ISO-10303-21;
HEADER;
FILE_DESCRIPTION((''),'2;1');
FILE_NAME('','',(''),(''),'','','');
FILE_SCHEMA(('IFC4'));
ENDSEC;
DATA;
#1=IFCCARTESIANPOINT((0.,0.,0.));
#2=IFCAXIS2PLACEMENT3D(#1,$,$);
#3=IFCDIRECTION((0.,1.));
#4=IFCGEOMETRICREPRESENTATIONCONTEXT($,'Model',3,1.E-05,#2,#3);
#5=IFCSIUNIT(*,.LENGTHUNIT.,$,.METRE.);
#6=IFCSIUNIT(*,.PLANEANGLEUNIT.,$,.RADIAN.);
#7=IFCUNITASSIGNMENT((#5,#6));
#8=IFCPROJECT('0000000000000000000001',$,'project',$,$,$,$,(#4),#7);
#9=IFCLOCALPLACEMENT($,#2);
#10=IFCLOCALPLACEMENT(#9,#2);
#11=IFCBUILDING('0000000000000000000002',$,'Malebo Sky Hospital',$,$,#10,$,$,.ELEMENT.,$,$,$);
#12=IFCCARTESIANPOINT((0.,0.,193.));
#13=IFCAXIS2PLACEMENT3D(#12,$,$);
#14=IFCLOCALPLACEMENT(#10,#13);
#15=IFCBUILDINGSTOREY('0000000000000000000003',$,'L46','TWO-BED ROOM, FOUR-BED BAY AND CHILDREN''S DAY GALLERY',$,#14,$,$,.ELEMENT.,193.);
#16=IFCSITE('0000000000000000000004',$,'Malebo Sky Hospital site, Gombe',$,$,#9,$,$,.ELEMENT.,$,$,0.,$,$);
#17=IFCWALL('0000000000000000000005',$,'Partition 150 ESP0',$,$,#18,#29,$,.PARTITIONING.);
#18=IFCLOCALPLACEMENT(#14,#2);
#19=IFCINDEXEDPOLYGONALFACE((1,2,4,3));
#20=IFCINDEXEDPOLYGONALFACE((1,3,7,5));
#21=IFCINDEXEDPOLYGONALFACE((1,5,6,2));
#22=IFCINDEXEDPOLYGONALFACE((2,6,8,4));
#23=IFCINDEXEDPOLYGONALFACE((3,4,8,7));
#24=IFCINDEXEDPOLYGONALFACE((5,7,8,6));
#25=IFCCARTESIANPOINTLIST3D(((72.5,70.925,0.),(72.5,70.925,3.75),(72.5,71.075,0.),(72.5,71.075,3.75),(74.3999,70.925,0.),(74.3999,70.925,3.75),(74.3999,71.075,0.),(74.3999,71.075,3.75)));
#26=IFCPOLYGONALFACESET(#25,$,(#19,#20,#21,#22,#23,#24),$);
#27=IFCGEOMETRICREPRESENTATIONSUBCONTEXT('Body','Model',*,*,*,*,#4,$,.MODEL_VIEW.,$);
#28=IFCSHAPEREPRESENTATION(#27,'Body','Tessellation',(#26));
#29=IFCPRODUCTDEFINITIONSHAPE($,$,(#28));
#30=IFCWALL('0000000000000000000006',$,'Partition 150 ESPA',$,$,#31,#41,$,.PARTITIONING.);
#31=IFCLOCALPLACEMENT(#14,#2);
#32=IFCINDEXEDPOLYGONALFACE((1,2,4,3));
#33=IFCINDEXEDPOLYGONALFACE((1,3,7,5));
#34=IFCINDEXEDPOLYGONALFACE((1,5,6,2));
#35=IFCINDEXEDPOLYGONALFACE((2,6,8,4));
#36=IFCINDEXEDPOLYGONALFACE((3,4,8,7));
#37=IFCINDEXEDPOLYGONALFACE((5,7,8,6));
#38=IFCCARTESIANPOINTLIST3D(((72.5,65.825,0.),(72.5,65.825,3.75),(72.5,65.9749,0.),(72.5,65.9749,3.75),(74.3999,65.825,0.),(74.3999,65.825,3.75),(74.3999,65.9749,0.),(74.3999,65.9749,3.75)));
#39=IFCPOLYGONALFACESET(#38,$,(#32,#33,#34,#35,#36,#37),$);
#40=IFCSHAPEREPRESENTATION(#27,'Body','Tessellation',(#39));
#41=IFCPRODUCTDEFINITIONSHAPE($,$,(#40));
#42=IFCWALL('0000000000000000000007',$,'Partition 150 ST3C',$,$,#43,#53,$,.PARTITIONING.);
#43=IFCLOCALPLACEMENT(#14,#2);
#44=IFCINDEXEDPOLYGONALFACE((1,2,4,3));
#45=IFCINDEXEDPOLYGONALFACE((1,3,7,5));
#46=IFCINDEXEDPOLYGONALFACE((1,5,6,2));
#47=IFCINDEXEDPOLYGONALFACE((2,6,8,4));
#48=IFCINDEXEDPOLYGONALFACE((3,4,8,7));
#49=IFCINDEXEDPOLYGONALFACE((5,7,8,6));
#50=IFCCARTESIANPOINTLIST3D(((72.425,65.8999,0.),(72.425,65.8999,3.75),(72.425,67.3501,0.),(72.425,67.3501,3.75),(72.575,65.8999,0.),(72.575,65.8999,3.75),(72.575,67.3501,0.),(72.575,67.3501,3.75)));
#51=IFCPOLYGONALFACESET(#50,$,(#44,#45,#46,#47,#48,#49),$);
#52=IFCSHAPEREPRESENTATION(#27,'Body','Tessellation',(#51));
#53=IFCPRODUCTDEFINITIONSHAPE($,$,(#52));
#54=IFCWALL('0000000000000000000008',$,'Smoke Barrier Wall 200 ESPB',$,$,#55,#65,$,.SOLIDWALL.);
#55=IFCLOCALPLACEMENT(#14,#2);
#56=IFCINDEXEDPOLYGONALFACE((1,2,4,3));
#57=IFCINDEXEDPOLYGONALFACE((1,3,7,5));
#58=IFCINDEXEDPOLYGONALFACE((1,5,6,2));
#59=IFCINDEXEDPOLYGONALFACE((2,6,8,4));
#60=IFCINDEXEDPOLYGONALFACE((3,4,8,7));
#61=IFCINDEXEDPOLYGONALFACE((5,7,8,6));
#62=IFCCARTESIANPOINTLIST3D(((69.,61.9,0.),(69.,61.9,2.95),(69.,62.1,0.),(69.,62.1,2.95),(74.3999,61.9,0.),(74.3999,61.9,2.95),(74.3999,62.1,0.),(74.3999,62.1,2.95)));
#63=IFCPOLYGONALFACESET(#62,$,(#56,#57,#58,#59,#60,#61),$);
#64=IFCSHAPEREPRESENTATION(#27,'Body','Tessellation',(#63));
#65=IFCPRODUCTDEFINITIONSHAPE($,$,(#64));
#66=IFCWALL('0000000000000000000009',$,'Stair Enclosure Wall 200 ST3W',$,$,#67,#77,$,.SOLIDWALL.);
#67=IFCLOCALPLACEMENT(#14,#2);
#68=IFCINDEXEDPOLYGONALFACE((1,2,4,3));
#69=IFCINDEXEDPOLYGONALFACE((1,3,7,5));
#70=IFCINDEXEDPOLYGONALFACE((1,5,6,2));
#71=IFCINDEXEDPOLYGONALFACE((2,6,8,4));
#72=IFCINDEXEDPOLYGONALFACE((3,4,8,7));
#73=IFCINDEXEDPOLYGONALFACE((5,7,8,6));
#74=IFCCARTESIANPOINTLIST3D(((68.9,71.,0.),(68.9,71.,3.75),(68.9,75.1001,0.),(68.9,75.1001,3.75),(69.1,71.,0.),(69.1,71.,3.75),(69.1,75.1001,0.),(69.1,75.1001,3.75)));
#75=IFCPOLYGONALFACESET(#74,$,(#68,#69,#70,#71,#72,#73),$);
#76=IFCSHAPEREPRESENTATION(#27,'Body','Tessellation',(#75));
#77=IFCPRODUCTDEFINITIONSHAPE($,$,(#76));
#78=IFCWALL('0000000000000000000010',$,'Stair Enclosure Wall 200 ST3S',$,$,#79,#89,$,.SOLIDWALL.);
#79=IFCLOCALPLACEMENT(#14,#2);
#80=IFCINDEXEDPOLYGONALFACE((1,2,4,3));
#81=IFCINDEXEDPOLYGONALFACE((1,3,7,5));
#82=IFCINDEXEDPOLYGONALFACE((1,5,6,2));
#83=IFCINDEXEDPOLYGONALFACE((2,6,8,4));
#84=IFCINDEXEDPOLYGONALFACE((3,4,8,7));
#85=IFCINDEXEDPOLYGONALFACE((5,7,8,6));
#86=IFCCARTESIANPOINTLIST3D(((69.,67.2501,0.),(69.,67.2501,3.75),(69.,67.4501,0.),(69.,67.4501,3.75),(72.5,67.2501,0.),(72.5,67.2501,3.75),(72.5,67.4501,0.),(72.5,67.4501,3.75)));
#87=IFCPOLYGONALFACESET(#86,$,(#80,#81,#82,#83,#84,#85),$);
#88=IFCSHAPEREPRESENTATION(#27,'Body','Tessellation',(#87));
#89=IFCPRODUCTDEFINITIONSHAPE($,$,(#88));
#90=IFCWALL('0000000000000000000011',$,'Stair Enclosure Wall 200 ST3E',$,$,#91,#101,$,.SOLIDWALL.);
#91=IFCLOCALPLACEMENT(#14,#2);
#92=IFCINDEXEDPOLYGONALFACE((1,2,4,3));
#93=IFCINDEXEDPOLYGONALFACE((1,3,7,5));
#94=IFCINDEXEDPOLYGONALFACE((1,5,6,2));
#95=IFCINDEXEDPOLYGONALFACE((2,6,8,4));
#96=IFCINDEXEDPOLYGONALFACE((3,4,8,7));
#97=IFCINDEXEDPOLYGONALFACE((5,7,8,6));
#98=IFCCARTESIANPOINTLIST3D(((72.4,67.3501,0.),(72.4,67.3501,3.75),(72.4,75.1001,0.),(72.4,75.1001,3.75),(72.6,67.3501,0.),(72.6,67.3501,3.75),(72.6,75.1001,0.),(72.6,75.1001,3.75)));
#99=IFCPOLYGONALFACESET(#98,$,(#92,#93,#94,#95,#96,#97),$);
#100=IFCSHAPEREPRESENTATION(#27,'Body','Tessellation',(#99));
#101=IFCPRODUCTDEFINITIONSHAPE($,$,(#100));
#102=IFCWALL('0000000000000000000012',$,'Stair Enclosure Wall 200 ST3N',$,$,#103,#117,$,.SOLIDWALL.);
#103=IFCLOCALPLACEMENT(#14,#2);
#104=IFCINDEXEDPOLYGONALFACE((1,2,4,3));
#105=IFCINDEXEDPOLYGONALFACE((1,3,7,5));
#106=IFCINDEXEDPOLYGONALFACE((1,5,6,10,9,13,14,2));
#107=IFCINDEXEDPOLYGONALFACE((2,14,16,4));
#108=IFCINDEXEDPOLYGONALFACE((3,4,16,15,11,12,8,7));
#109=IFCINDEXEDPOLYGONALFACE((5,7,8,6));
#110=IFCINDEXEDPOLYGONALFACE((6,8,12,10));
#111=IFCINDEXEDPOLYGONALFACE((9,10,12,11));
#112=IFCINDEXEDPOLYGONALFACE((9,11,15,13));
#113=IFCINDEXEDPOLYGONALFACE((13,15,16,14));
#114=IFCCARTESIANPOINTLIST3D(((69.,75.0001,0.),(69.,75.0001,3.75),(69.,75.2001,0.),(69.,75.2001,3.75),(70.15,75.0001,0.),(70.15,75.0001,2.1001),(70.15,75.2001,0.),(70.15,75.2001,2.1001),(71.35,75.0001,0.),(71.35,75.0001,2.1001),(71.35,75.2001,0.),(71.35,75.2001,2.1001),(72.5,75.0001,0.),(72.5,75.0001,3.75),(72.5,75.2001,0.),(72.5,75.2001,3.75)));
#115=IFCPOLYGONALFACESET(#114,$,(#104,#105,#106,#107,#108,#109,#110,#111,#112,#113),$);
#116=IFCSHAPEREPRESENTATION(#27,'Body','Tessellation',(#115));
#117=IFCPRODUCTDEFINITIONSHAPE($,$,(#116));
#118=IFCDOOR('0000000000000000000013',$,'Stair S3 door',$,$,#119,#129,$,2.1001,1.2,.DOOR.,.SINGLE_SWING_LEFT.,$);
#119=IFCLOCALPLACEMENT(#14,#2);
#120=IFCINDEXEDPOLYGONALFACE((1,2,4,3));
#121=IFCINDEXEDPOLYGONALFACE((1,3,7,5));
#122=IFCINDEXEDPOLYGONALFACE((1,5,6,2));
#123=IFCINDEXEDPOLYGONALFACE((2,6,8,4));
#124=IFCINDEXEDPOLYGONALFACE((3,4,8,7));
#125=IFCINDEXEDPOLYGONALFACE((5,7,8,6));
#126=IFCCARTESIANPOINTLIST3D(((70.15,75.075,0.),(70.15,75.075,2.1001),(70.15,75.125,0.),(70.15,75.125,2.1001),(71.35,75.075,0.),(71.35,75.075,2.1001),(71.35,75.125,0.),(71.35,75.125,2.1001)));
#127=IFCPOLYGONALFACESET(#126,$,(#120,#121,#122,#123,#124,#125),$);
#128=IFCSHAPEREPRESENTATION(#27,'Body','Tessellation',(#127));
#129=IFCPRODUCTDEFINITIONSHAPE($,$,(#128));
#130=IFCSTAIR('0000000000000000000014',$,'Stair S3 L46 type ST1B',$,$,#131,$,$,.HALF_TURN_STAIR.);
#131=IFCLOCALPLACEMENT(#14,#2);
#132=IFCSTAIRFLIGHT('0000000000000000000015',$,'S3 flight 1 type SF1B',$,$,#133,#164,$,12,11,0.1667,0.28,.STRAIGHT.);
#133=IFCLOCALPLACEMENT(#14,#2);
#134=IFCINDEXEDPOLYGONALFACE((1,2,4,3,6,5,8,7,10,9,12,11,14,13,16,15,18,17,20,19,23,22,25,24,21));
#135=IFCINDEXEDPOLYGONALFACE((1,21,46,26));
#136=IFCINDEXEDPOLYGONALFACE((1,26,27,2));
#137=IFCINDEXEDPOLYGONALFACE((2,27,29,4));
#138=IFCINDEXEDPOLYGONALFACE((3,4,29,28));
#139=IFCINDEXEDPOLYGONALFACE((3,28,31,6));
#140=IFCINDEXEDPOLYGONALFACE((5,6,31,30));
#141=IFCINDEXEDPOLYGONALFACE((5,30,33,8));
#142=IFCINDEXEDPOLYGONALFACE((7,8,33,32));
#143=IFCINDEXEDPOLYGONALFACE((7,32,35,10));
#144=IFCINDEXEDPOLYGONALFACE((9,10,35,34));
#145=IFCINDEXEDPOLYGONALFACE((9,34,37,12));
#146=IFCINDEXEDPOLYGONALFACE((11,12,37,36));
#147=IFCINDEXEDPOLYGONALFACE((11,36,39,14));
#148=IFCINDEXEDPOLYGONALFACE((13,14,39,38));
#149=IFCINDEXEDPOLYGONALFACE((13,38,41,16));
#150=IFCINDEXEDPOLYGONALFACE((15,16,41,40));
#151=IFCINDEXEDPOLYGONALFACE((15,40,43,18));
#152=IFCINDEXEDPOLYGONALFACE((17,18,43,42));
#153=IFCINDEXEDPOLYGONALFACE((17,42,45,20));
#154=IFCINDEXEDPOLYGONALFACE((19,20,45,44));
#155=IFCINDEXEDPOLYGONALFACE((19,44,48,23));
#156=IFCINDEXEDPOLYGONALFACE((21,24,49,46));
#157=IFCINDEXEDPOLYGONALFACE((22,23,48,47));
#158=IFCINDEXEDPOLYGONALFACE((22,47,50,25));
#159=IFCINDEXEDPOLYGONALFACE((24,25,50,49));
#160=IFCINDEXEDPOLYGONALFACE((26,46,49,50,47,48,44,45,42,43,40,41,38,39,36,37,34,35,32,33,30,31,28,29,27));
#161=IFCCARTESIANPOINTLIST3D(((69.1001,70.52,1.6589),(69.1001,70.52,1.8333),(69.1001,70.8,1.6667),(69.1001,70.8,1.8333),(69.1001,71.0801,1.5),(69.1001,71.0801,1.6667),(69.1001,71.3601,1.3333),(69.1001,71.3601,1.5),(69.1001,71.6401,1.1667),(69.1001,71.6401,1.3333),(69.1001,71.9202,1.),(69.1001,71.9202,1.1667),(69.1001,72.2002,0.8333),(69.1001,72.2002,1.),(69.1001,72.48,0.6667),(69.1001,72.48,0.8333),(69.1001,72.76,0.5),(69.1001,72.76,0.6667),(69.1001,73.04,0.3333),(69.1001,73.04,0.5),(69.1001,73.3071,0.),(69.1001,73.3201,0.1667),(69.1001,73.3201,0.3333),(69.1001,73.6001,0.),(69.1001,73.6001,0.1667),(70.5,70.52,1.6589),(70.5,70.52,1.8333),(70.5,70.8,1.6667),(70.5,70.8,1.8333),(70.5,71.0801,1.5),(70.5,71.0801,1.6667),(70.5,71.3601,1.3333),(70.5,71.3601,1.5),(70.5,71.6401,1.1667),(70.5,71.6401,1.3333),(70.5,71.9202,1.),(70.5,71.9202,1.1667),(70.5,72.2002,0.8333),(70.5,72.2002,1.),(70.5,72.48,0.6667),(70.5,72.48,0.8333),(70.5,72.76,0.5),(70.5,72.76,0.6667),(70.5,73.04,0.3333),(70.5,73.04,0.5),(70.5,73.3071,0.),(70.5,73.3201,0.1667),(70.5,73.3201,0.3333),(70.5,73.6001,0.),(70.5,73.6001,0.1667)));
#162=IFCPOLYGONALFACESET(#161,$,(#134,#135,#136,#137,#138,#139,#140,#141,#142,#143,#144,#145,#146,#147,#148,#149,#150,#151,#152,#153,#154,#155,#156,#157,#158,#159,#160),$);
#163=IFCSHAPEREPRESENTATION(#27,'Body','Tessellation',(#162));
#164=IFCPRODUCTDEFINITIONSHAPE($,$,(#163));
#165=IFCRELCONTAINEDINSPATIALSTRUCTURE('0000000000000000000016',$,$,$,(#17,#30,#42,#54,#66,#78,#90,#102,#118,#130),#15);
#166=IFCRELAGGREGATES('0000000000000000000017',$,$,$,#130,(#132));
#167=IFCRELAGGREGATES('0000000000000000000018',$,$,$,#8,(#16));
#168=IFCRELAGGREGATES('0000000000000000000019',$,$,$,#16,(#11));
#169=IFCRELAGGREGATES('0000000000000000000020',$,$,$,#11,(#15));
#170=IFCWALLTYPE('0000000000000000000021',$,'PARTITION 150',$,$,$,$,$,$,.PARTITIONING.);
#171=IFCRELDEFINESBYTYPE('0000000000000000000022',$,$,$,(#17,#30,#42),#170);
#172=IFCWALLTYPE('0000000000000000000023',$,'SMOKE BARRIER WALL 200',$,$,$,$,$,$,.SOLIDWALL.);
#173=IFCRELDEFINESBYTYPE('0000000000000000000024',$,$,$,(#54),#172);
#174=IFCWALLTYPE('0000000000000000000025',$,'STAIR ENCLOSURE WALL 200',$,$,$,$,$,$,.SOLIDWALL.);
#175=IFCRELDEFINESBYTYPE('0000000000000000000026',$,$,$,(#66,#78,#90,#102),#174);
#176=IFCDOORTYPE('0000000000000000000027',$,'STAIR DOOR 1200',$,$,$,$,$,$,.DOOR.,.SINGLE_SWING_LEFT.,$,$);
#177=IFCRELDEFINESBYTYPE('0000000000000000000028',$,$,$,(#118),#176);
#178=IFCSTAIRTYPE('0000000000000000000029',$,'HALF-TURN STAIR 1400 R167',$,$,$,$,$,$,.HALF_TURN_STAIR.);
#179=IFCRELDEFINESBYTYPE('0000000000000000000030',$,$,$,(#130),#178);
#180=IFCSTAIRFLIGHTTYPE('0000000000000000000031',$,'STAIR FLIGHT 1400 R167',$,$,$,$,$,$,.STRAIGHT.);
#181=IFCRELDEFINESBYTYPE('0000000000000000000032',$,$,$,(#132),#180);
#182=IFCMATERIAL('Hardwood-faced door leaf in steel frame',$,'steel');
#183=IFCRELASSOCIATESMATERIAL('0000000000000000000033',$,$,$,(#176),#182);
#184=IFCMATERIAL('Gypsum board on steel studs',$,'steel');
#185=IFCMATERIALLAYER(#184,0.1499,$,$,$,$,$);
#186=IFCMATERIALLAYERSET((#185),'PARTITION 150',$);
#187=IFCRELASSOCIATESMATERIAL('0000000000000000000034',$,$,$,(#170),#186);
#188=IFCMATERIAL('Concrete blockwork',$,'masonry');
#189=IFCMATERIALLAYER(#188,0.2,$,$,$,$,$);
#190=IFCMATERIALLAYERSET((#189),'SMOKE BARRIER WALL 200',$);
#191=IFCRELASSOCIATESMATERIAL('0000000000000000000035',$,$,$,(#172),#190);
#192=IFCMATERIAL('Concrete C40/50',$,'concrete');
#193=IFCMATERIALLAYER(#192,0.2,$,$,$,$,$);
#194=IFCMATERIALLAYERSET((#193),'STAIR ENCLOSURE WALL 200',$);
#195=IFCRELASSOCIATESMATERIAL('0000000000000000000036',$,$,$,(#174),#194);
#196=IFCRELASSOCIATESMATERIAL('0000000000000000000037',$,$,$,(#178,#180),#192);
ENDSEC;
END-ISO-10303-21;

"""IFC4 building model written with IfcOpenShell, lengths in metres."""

from ifc_helpers import new_model, si_unit, direction, frame, frame_2d, origin, place, context, subcontext, project, spatial, polyline, rectangle, outline, extrude, material, layer, layer_set, type_object, element, fill, aggregate, save


model = new_model("IFC4")

# Units and contexts
model_context = context("Model", 3, precision=1e-05, world=origin(), true_north=direction((0.0, 1.0)))
body_context = subcontext(model_context, "Body", "Model", "MODEL_VIEW")
ifc_project = project(units=[si_unit("LENGTHUNIT", "METRE"), si_unit("PLANEANGLEUNIT", "RADIAN")], contexts=[model_context])

# Site, building, storey
site_placement = place(None, origin())
site = spatial("IfcSite", under=ifc_project, at=site_placement, Name="Malebo Sky Hospital site, Gombe", CompositionType="ELEMENT", RefElevation=0.0)
building_placement = place(site_placement, origin())
building = spatial("IfcBuilding", under=site, at=building_placement, Name="Malebo Sky Hospital", CompositionType="ELEMENT")
storey_placement = place(building_placement, frame((0.0, 0.0, 193.0)))
storey = spatial("IfcBuildingStorey", under=building, at=storey_placement, Name="L46", Description="TWO-BED ROOM, FOUR-BED BAY AND CHILDREN'S DAY GALLERY", CompositionType="ELEMENT", Elevation=193.0)

# Shared definitions
ifc_material_1 = material(Name="Hardwood-faced door leaf in steel frame", Category="steel")
door_type_1 = type_object("IfcDoorType", Name="STAIR DOOR 1200", OperationType="SINGLE_SWING_LEFT", PredefinedType="DOOR", material=ifc_material_1)
ifc_material_2 = material(Name="Gypsum board on steel studs", Category="steel")

# Shared definitions
ifc_layer_1 = layer(ifc_material_2, 0.1499)
ifc_layer_set_1 = layer_set([ifc_layer_1], Name="PARTITION 150")
wall_type_1 = type_object("IfcWallType", Name="PARTITION 150", PredefinedType="PARTITIONING", material=ifc_layer_set_1)

# Walls
for number, where, z_axis, x_axis, name in (
    (1, (72.5, 71.0, 0.0), (0.0, 0.0, 1.0), (1.0, 0.0, 0.0), "Partition 150 ESP0"),
    (2, (72.5, 65.8999, 0.0), (0.0, 0.0, 1.0), (1.0, 0.0, 0.0), "Partition 150 ESPA"),
):
    element("IfcWall", number, at=place(storey_placement, frame(where, z_axis=z_axis, x_axis=x_axis)), inside=storey, type_object=wall_type_1, Name=name, PredefinedType="PARTITIONING", context=body_context, shape_type="SweptSolid", body=[
        extrude(rectangle(XDim=1.8999, YDim=0.1499, at=frame_2d((0.95, 0.0))), origin(), (0.0, 0.0, 1.0), 3.75),
    ])
wall_1_placement = place(storey_placement, frame((72.5, 65.8999, 0.0), z_axis=(0.0, 0.0, 1.0), x_axis=(0.0, 1.0, 0.0)))
element("IfcWall", 3, at=wall_1_placement, inside=storey, type_object=wall_type_1, Name="Partition 150 ST3C", PredefinedType="PARTITIONING", context=body_context, shape_type="SweptSolid", body=[
    extrude(rectangle(XDim=1.4502, YDim=0.1499, at=frame_2d((0.7251, 0.0))), origin(), (0.0, 0.0, 1.0), 3.75),
])
ifc_material_3 = material(Name="Concrete blockwork", Category="masonry")
ifc_layer_2 = layer(ifc_material_3, 0.2)
ifc_layer_set_2 = layer_set([ifc_layer_2], Name="SMOKE BARRIER WALL 200")
wall_type_2 = type_object("IfcWallType", Name="SMOKE BARRIER WALL 200", PredefinedType="SOLIDWALL", material=ifc_layer_set_2)
wall_2_placement = place(storey_placement, frame((69.0, 62.0, 0.0), z_axis=(0.0, 0.0, 1.0), x_axis=(1.0, 0.0, 0.0)))
element("IfcWall", 4, at=wall_2_placement, inside=storey, type_object=wall_type_2, Name="Smoke Barrier Wall 200 ESPB", PredefinedType="SOLIDWALL", context=body_context, shape_type="SweptSolid", body=[
    extrude(rectangle(XDim=5.3999, YDim=0.2, at=frame_2d((2.7, 0.0))), origin(), (0.0, 0.0, 1.0), 2.95),
])
ifc_material_4 = material(Name="Concrete C40/50", Category="concrete")
ifc_layer_3 = layer(ifc_material_4, 0.2)
ifc_layer_set_3 = layer_set([ifc_layer_3], Name="STAIR ENCLOSURE WALL 200")
wall_type_3 = type_object("IfcWallType", Name="STAIR ENCLOSURE WALL 200", PredefinedType="SOLIDWALL", material=ifc_layer_set_3)
wall_3_placement = place(storey_placement, frame((69.0, 71.0, 0.0), z_axis=(0.0, 0.0, 1.0), x_axis=(0.0, 1.0, 0.0)))
element("IfcWall", 5, at=wall_3_placement, inside=storey, type_object=wall_type_3, Name="Stair Enclosure Wall 200 ST3W", PredefinedType="SOLIDWALL", context=body_context, shape_type="SweptSolid", body=[
    extrude(rectangle(XDim=4.1001, YDim=0.2, at=frame_2d((2.05, 0.0))), origin(), (0.0, 0.0, 1.0), 3.75),
])
wall_4_placement = place(storey_placement, frame((69.0, 67.3501, 0.0), z_axis=(0.0, 0.0, 1.0), x_axis=(1.0, 0.0, 0.0)))
element("IfcWall", 6, at=wall_4_placement, inside=storey, type_object=wall_type_3, Name="Stair Enclosure Wall 200 ST3S", PredefinedType="SOLIDWALL", context=body_context, shape_type="SweptSolid", body=[
    extrude(rectangle(XDim=3.5, YDim=0.2, at=frame_2d((1.75, 0.0))), origin(), (0.0, 0.0, 1.0), 3.75),
])
wall_5_placement = place(storey_placement, frame((72.5, 67.3501, 0.0), z_axis=(0.0, 0.0, 1.0), x_axis=(0.0, 1.0, 0.0)))
element("IfcWall", 7, at=wall_5_placement, inside=storey, type_object=wall_type_3, Name="Stair Enclosure Wall 200 ST3E", PredefinedType="SOLIDWALL", context=body_context, shape_type="SweptSolid", body=[
    extrude(rectangle(XDim=7.75, YDim=0.2, at=frame_2d((3.875, 0.0))), origin(), (0.0, 0.0, 1.0), 3.75),
])

# Wall, opening, door
wall_6_placement = place(storey_placement, frame((69.0, 75.1001, 0.0), z_axis=(0.0, 0.0, 1.0), x_axis=(1.0, 0.0, 0.0)))
wall_6 = element("IfcWall", 8, at=wall_6_placement, inside=storey, type_object=wall_type_3, Name="Stair Enclosure Wall 200 ST3N", PredefinedType="SOLIDWALL", context=body_context, shape_type="SweptSolid", body=[
    extrude(rectangle(XDim=3.5, YDim=0.2, at=frame_2d((1.75, 0.0))), origin(), (0.0, 0.0, 1.0), 3.75),
])
opening_1_placement = place(wall_6_placement, frame((1.1499, 0.0, 0.0)))
opening_1 = element("IfcOpeningElement", 9, at=opening_1_placement, cuts=wall_6, PredefinedType="OPENING", context=body_context, shape_type="SweptSolid", body=[
    extrude(rectangle(XDim=1.2, YDim=2.1001, at=frame_2d((0.6001, 1.05))), frame((0.0, 0.1099, 0.0), z_axis=(0.0, -1.0, 0.0), x_axis=(1.0, 0.0, 0.0)), (0.0, 0.0, 1.0), 0.22),
])
door_1_placement = place(opening_1_placement, origin())
door_1 = element("IfcDoor", 10, at=door_1_placement, inside=storey, type_object=door_type_1, Name="Stair S3 door", OperationType="SINGLE_SWING_LEFT", OverallHeight=2.1001, OverallWidth=1.2, PredefinedType="DOOR", context=body_context, shape_type="SweptSolid", body=[
    extrude(rectangle(XDim=1.2, YDim=2.1001, at=frame_2d((0.6001, 1.05))), frame((0.0, 0.0249, 0.0), z_axis=(0.0, -1.0, 0.0), x_axis=(1.0, 0.0, 0.0)), (0.0, 0.0, 1.0), 0.05),
])
fill(opening_1, door_1)

# Stair, stair flight
stair_type = type_object("IfcStairType", Name="HALF-TURN STAIR 1400 R167", PredefinedType="HALF_TURN_STAIR", material=ifc_material_4)
stair_placement = place(storey_placement, origin())
stair = element("IfcStair", 11, at=stair_placement, inside=storey, type_object=stair_type, Name="Stair S3 L46 type ST1B", PredefinedType="HALF_TURN_STAIR")
stair_flight_type = type_object("IfcStairFlightType", Name="STAIR FLIGHT 1400 R167", PredefinedType="STRAIGHT", material=ifc_material_4)
stair_flight_1_placement = place(storey_placement, frame((69.8, 73.6001, 0.0), z_axis=(0.0, 0.0, 1.0), x_axis=(0.0, -1.0, 0.0)))
stair_flight_1 = element("IfcStairFlight", 12, at=stair_flight_1_placement, type_object=stair_flight_type, Name="S3 flight 1 type SF1B", NumberOfRisers=12, NumberOfTreads=11, PredefinedType="STRAIGHT", RiserHeight=0.1667, TreadLength=0.28, context=body_context, shape_type="SweptSolid", body=[
    extrude(outline(polyline([(0.0, 0.0), (0.0, 0.1667), (0.28, 0.1667), (0.28, 0.3333), (0.5601, 0.3333), (0.5601, 0.5), (0.8401, 0.5), (0.8401, 0.6667), (1.1201, 0.6667), (1.1201, 0.8333), (1.3999, 0.8333), (1.3999, 1.0), (1.6799, 1.0), (1.6799, 1.1667), (1.96, 1.1667), (1.96, 1.3333), (2.24, 1.3333), (2.24, 1.5), (2.52, 1.5), (2.52, 1.6667), (2.8, 1.6667), (2.8, 1.8333), (3.0801, 1.8333), (3.0801, 2.0), (3.0801, 1.6589), (0.293, 0.0), (0.0, 0.0)])), frame((0.0, 0.7, 0.0), z_axis=(0.0, -1.0, 0.0), x_axis=(1.0, 0.0, 0.0)), (0.0, 0.0, 1.0), 1.3999),
])
aggregate(stair, [stair_flight_1])

save(model, "model.ifc")
